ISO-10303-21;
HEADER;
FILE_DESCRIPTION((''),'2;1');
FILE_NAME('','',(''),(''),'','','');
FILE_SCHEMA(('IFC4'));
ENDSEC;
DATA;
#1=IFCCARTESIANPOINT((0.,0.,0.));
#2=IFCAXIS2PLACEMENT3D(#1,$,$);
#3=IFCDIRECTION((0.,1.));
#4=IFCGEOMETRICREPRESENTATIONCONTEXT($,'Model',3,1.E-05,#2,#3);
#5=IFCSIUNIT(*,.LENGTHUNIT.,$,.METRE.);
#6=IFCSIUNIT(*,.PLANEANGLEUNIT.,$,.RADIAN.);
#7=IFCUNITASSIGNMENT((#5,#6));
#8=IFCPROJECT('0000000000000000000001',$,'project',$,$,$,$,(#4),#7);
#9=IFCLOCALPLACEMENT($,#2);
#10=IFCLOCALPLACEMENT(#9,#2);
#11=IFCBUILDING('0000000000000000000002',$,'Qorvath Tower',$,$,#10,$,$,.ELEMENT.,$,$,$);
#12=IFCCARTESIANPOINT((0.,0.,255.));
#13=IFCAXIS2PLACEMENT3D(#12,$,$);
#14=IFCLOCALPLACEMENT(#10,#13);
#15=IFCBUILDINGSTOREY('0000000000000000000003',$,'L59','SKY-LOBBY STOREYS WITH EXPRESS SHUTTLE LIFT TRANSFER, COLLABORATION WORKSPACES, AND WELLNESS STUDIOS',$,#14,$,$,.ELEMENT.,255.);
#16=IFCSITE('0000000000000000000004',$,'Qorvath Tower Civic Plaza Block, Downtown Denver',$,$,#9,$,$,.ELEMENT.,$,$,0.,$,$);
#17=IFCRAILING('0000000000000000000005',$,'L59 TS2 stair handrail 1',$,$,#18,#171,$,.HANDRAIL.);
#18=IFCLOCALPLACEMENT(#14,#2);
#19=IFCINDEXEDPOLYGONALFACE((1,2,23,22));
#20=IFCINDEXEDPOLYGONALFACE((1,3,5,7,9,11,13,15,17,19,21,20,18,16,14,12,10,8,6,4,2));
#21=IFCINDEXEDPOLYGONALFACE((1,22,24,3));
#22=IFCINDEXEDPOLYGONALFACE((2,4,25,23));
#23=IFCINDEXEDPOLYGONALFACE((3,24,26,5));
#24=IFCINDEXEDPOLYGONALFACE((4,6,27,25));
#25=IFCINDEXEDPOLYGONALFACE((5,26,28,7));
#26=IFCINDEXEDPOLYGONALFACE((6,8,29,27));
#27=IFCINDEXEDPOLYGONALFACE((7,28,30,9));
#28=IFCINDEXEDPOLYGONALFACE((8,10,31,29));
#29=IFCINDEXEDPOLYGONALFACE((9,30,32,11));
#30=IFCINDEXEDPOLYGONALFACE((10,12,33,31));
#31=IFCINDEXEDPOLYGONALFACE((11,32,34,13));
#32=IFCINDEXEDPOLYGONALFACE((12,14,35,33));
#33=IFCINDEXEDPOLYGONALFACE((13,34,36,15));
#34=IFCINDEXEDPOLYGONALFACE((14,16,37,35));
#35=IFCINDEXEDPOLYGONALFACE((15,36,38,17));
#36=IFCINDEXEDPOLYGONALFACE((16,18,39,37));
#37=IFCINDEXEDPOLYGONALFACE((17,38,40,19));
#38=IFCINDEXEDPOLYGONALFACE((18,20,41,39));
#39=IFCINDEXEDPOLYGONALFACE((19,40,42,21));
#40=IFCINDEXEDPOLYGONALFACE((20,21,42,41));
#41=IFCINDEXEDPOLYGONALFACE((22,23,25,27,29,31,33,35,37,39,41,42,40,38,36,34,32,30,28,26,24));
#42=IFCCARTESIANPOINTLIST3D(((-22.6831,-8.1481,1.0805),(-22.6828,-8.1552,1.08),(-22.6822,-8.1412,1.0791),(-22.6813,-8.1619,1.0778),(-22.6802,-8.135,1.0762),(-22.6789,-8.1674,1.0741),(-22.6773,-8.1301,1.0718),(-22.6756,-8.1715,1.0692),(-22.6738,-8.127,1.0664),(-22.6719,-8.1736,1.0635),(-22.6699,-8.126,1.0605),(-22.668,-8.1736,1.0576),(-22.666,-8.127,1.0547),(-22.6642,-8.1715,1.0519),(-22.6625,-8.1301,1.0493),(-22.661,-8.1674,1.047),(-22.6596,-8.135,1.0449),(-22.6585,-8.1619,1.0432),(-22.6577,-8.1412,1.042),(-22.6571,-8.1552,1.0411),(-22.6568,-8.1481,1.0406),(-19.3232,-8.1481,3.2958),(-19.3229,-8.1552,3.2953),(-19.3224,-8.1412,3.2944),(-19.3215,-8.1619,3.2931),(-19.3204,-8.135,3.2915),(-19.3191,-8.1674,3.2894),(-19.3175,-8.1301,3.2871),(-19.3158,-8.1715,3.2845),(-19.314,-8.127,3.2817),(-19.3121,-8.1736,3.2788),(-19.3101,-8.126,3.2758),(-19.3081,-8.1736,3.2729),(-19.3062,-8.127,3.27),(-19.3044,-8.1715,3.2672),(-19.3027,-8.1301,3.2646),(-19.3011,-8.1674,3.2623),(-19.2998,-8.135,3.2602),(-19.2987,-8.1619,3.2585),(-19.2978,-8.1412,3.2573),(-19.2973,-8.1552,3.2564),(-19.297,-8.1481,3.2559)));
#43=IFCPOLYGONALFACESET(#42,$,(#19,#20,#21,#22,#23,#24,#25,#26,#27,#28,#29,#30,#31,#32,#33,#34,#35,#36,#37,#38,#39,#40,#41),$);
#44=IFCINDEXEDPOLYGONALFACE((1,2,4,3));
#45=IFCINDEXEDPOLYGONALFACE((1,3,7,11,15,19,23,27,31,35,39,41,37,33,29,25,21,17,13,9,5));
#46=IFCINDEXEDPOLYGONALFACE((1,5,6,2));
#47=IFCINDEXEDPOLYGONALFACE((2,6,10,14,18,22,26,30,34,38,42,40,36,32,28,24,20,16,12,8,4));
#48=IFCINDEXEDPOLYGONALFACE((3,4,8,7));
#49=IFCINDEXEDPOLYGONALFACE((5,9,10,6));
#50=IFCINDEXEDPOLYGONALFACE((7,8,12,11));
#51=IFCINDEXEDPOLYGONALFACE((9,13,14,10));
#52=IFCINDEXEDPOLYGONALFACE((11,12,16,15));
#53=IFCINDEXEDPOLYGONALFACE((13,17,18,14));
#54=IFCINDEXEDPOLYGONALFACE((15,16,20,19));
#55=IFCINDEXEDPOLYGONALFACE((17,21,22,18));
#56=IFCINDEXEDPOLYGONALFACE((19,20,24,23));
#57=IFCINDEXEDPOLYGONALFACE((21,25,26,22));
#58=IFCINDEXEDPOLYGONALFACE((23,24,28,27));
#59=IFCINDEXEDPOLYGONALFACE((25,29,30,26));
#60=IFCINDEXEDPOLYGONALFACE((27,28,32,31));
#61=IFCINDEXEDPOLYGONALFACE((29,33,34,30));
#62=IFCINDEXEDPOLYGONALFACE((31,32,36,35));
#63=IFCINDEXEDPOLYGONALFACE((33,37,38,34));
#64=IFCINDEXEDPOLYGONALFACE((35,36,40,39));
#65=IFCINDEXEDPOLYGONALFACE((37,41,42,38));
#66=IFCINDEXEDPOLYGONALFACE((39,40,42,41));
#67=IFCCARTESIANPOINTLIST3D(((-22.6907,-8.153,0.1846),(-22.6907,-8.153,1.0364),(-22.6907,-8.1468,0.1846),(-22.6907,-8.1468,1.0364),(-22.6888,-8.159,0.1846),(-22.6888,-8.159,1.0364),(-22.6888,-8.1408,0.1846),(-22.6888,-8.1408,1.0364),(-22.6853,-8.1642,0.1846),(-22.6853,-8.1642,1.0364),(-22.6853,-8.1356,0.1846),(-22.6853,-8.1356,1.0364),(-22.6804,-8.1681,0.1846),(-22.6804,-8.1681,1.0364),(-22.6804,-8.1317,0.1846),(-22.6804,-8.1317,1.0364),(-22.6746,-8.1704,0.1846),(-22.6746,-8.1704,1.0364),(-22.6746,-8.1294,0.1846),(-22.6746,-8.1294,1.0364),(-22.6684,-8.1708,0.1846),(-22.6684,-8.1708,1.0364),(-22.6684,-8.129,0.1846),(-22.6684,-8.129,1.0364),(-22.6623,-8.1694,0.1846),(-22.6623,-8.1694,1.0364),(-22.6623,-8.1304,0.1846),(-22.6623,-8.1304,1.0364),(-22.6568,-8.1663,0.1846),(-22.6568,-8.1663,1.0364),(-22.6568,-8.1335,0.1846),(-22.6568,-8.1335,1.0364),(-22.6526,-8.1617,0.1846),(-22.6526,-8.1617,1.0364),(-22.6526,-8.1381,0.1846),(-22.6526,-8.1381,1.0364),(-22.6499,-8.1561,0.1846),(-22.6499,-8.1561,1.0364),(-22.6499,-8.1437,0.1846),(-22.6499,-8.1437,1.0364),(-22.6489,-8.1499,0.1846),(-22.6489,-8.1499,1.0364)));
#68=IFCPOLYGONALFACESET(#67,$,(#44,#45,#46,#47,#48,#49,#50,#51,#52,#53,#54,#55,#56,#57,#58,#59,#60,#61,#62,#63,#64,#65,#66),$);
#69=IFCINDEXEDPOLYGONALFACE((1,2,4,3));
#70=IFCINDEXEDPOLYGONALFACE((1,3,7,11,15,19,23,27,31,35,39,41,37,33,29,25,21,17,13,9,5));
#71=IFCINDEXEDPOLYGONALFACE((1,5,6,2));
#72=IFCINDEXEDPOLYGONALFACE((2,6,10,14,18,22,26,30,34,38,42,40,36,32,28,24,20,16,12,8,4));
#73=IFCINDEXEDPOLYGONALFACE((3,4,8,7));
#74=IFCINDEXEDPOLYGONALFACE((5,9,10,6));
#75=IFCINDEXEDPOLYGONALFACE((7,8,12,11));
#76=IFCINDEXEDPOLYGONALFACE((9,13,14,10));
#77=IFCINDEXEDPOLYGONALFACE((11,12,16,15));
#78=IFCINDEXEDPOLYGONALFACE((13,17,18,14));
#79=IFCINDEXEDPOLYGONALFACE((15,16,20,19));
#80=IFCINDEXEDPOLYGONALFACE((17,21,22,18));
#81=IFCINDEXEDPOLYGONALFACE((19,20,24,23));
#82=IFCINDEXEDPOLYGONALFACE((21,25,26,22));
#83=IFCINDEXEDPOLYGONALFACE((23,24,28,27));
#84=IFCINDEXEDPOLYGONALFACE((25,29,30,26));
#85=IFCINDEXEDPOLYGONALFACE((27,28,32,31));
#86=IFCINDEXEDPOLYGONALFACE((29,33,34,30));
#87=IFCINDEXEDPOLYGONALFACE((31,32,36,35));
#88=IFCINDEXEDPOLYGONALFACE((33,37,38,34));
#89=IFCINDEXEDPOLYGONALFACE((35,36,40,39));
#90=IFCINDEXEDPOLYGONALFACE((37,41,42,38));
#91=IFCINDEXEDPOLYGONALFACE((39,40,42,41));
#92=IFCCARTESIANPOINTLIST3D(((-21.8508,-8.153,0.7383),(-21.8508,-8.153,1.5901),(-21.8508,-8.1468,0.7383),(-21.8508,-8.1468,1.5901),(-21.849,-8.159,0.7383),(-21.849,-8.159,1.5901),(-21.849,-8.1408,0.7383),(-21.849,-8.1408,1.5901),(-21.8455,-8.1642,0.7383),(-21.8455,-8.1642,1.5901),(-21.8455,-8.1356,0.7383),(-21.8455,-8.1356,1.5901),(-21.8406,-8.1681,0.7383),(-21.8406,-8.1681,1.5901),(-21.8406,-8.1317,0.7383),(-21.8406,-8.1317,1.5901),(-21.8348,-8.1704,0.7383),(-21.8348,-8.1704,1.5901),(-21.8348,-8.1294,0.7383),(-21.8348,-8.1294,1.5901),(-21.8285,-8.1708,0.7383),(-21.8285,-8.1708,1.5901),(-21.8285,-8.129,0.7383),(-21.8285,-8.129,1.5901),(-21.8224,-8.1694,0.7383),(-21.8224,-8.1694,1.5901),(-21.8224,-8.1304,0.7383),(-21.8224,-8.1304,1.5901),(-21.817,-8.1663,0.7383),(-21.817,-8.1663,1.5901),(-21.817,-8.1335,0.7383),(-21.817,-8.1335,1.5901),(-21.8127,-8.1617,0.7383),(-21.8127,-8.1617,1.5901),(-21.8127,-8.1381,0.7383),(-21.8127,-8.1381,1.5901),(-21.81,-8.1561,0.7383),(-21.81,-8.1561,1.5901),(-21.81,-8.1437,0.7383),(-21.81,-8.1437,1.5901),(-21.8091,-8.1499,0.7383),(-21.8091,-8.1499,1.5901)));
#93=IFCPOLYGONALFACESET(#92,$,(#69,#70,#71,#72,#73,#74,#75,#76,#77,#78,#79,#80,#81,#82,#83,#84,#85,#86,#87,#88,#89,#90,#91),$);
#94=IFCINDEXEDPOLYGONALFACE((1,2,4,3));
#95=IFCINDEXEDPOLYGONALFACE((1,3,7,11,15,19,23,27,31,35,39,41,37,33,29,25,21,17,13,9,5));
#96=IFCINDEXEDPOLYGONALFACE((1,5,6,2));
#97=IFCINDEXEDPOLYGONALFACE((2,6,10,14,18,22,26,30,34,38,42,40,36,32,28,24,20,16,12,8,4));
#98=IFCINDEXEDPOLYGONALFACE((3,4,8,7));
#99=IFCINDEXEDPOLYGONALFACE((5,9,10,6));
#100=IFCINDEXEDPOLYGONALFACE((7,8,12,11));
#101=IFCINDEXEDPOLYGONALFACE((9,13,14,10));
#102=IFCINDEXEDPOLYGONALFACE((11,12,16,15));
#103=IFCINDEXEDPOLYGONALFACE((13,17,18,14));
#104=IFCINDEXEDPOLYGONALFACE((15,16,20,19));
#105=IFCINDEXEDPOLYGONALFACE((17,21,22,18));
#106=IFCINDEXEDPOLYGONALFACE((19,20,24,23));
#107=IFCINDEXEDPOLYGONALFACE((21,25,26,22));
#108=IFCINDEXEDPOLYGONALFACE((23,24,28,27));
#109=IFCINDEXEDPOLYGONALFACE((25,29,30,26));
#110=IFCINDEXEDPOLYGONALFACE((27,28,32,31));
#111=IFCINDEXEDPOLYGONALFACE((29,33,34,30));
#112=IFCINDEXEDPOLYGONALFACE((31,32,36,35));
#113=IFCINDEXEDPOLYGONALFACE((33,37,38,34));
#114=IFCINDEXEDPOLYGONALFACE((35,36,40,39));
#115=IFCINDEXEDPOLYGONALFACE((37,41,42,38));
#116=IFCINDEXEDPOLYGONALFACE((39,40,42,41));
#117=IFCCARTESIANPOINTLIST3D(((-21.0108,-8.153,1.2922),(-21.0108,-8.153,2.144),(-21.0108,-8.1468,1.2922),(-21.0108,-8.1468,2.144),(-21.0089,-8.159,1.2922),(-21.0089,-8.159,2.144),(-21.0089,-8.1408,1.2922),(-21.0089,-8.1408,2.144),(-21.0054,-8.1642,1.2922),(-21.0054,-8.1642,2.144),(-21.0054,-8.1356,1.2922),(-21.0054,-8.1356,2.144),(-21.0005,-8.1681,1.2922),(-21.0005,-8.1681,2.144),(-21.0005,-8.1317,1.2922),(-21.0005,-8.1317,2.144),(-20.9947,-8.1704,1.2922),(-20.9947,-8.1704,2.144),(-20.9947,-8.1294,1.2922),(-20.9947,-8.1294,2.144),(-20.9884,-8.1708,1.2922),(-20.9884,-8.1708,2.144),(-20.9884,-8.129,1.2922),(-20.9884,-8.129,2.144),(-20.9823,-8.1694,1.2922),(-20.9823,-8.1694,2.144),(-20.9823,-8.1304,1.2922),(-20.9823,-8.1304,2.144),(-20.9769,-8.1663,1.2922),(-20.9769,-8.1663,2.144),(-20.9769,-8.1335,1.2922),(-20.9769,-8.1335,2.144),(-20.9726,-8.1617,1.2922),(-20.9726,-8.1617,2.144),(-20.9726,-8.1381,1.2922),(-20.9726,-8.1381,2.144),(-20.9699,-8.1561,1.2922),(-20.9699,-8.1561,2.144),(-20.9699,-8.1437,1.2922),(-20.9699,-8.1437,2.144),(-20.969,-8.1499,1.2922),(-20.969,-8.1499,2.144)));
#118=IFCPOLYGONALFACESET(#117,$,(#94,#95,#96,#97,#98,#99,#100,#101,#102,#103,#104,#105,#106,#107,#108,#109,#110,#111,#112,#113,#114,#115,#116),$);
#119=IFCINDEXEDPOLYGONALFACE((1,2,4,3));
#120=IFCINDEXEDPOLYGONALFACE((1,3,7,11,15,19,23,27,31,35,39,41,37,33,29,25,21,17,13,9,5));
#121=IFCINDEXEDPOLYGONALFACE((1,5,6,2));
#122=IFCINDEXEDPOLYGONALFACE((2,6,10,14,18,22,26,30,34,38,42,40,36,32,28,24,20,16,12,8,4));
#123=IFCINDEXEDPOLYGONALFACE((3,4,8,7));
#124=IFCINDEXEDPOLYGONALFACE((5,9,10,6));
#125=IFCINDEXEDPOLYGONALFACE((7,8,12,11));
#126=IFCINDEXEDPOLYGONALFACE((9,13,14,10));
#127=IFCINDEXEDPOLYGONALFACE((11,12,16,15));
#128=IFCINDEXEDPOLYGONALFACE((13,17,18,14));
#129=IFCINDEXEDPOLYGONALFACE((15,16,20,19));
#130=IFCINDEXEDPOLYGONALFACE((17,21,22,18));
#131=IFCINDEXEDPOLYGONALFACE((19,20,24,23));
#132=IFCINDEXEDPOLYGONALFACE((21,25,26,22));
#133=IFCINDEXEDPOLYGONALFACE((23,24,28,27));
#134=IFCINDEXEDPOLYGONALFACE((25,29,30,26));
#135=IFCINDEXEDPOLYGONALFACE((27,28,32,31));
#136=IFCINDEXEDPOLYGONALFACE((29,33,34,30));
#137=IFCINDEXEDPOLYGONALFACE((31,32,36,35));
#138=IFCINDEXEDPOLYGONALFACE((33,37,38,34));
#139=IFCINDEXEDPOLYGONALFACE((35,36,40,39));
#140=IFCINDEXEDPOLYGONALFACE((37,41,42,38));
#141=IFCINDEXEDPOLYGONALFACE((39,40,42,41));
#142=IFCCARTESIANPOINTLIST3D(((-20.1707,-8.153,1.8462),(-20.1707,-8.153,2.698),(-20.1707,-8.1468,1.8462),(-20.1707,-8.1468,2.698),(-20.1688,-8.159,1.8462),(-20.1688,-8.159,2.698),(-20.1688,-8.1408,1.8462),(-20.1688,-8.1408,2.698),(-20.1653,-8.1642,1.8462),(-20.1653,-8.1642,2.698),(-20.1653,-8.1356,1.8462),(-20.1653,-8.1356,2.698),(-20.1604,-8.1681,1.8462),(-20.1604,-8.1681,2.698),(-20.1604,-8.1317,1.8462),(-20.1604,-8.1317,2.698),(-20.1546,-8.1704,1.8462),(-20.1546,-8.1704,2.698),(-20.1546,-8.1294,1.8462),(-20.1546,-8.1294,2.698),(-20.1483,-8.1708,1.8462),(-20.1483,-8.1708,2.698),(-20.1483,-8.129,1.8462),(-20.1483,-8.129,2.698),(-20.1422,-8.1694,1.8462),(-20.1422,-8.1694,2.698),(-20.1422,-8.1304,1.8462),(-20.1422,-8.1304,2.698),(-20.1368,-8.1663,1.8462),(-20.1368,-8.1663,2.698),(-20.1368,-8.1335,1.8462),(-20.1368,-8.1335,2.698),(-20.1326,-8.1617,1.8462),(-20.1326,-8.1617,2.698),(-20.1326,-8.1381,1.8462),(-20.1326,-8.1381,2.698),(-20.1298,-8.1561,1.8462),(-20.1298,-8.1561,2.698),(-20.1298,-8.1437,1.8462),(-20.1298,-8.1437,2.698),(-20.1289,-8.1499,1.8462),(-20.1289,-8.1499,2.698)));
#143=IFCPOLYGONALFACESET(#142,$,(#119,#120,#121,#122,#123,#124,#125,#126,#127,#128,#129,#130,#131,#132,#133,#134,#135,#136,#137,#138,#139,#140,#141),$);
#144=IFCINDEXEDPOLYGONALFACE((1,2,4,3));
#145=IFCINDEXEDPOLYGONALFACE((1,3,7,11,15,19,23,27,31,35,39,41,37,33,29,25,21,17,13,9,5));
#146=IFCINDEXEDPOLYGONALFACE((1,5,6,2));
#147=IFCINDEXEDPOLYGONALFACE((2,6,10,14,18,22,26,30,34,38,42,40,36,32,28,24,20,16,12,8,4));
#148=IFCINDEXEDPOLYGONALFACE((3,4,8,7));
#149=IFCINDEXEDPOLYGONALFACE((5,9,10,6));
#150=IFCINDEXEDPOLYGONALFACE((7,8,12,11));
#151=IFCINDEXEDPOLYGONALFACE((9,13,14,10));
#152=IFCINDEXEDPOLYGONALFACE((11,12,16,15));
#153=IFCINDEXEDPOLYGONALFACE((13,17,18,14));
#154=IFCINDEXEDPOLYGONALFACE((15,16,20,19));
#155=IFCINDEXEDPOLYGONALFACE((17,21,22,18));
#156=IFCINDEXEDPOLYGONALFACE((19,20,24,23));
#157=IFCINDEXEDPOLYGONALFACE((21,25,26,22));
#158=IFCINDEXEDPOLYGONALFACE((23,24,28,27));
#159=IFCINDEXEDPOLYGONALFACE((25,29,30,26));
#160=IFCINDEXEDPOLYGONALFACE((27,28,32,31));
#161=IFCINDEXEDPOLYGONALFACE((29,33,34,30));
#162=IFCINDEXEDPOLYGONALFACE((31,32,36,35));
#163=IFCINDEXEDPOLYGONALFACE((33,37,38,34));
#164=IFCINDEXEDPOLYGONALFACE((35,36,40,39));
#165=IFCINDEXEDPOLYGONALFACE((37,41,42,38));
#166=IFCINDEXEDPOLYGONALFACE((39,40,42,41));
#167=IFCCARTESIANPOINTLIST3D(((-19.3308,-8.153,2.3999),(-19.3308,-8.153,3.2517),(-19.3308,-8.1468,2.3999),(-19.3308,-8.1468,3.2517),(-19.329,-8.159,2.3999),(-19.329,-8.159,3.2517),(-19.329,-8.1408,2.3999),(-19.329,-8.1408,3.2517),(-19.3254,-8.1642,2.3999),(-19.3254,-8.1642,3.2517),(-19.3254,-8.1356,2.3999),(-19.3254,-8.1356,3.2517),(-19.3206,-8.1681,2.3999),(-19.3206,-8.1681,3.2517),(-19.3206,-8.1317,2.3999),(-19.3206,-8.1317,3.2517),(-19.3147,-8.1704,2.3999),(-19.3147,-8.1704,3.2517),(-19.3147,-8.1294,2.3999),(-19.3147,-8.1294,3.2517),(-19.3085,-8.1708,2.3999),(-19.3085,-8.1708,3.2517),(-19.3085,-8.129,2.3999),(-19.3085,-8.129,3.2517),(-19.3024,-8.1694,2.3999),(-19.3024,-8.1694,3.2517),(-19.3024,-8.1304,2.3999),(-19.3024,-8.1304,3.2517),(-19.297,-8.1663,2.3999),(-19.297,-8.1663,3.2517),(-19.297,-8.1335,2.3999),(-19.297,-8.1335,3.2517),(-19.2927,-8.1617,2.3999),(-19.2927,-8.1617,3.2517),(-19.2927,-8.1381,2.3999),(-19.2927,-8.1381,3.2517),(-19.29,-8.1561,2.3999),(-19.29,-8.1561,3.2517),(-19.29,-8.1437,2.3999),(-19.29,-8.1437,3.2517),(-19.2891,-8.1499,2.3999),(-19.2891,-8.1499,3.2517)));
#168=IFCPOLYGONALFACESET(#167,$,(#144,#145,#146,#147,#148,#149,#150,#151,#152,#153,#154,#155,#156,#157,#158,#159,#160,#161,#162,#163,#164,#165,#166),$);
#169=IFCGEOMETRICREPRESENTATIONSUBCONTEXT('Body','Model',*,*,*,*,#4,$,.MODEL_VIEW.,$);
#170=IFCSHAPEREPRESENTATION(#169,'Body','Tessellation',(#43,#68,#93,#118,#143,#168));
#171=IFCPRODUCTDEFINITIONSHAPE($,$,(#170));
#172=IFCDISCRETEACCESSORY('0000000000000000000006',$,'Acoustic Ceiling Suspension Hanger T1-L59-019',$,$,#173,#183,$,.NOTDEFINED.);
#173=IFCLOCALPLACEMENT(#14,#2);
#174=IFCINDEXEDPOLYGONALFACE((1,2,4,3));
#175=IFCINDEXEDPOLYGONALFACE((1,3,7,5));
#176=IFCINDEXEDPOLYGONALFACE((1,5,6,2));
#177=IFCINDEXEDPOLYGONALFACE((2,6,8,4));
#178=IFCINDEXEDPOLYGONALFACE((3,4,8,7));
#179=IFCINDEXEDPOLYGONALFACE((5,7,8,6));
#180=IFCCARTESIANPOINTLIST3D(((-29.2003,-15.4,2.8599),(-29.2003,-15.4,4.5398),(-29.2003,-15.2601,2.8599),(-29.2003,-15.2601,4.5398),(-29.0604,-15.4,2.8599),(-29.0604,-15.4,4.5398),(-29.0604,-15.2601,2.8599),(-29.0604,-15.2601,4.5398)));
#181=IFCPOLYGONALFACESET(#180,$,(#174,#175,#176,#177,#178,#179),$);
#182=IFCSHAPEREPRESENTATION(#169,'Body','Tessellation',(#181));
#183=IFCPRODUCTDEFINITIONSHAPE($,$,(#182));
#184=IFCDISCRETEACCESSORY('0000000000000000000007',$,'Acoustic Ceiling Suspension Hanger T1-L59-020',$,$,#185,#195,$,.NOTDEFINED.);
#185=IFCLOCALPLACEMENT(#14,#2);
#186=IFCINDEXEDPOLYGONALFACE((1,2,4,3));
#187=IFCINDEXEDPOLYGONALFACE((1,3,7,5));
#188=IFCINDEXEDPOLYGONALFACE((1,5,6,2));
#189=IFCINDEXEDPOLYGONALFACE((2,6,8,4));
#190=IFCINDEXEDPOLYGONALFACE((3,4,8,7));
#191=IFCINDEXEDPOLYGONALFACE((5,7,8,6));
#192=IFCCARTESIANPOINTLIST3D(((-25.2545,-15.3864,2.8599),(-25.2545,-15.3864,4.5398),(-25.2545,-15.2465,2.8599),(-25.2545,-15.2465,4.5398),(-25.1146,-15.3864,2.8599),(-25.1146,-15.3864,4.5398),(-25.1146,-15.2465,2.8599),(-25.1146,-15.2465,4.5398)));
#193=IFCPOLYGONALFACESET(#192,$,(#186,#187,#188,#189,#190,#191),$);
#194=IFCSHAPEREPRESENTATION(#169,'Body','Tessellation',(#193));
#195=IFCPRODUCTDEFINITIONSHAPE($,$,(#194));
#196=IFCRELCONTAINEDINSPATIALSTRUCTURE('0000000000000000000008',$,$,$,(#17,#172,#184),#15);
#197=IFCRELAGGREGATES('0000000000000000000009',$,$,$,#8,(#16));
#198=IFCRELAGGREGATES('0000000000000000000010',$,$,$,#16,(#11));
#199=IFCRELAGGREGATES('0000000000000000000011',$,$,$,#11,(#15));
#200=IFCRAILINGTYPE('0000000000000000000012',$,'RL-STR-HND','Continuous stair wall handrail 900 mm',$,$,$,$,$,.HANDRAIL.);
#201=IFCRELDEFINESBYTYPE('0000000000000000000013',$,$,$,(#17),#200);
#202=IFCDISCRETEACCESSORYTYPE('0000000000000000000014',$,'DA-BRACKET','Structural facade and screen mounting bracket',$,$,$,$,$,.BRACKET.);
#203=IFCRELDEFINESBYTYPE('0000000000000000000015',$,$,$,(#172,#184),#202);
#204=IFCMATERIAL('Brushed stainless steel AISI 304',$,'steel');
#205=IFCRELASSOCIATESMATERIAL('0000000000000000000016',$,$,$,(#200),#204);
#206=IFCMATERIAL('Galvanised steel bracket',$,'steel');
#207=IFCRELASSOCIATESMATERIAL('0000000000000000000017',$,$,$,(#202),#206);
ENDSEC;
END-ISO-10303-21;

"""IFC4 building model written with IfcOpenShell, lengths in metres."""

from ifc_helpers import new_model, si_unit, direction, frame, origin, origin_2d, place, context, subcontext, project, spatial, rectangle, circle, extrude, material, type_object, element, save


model = new_model("IFC4")

# Units and contexts
model_context = context("Model", 3, precision=1e-05, world=origin(), true_north=direction((0.0, 1.0)))
body_context = subcontext(model_context, "Body", "Model", "MODEL_VIEW")
ifc_project = project(units=[si_unit("LENGTHUNIT", "METRE"), si_unit("PLANEANGLEUNIT", "RADIAN")], contexts=[model_context])

# Site, building, storey
site_placement = place(None, origin())
site = spatial("IfcSite", under=ifc_project, at=site_placement, Name="Qorvath Tower Civic Plaza Block, Downtown Denver", CompositionType="ELEMENT", RefElevation=0.0)
building_placement = place(site_placement, origin())
building = spatial("IfcBuilding", under=site, at=building_placement, Name="Qorvath Tower", CompositionType="ELEMENT")
storey_placement = place(building_placement, frame((0.0, 0.0, 255.0)))
storey = spatial("IfcBuildingStorey", under=building, at=storey_placement, Name="L59", Description="SKY-LOBBY STOREYS WITH EXPRESS SHUTTLE LIFT TRANSFER, COLLABORATION WORKSPACES, AND WELLNESS STUDIOS", CompositionType="ELEMENT", Elevation=255.0)

# Railing
ifc_material_1 = material(Name="Brushed stainless steel AISI 304", Category="steel")
railing_type = type_object("IfcRailingType", Name="RL-STR-HND", Description="Continuous stair wall handrail 900 mm", PredefinedType="HANDRAIL", material=ifc_material_1)
railing_placement = place(storey_placement, frame((-22.6699, -8.1499, 0.1846)))
element("IfcRailing", 1, at=railing_placement, inside=storey, type_object=railing_type, Name="L59 TS2 stair handrail 1", PredefinedType="HANDRAIL", context=body_context, shape_type="SweptSolid", body=[
    extrude(circle(Radius=0.0239, at=origin_2d()), frame((0.0, 0.0, 0.876), z_axis=(0.834858, 0.0, 0.550465), x_axis=(0.0, 1.0, 0.0)), (0.0, 0.0, 1.0), 4.0244),
    extrude(circle(Radius=0.021, at=origin_2d()), origin(), (0.0, 0.0, 1.0), 0.8518),
    extrude(circle(Radius=0.021, at=origin_2d()), frame((0.8398, 0.0, 0.5537)), (0.0, 0.0, 1.0), 0.8518),
    extrude(circle(Radius=0.021, at=origin_2d()), frame((1.6799, 0.0, 1.1077)), (0.0, 0.0, 1.0), 0.8518),
    extrude(circle(Radius=0.021, at=origin_2d()), frame((2.52, 0.0, 1.6616)), (0.0, 0.0, 1.0), 0.8518),
    extrude(circle(Radius=0.021, at=origin_2d()), frame((3.3599, 0.0, 2.2153)), (0.0, 0.0, 1.0), 0.8518),
])

# Discrete accessories
ifc_material_2 = material(Name="Galvanised steel bracket", Category="steel")
discrete_accessory_type = type_object("IfcDiscreteAccessoryType", Name="DA-BRACKET", Description="Structural facade and screen mounting bracket", PredefinedType="BRACKET", material=ifc_material_2)
for number, where, z_axis, x_axis, name in (
    (2, (-29.1304, -15.3301, 2.8599), (0.0, 0.0, 1.0), (1.0, 0.0, 0.0), "Acoustic Ceiling Suspension Hanger T1-L59-019"),
    (3, (-25.1846, -15.3164, 2.8599), (0.0, 0.0, 1.0), (1.0, 0.0, 0.0), "Acoustic Ceiling Suspension Hanger T1-L59-020"),
):
    element("IfcDiscreteAccessory", number, at=place(storey_placement, frame(where, z_axis=z_axis, x_axis=x_axis)), inside=storey, type_object=discrete_accessory_type, Name=name, PredefinedType="NOTDEFINED", context=body_context, shape_type="SweptSolid", body=[
        extrude(rectangle(XDim=0.1399, YDim=0.1399, at=origin_2d()), origin(), (0.0, 0.0, 1.0), 1.6799),
    ])

save(model, "model.ifc")
